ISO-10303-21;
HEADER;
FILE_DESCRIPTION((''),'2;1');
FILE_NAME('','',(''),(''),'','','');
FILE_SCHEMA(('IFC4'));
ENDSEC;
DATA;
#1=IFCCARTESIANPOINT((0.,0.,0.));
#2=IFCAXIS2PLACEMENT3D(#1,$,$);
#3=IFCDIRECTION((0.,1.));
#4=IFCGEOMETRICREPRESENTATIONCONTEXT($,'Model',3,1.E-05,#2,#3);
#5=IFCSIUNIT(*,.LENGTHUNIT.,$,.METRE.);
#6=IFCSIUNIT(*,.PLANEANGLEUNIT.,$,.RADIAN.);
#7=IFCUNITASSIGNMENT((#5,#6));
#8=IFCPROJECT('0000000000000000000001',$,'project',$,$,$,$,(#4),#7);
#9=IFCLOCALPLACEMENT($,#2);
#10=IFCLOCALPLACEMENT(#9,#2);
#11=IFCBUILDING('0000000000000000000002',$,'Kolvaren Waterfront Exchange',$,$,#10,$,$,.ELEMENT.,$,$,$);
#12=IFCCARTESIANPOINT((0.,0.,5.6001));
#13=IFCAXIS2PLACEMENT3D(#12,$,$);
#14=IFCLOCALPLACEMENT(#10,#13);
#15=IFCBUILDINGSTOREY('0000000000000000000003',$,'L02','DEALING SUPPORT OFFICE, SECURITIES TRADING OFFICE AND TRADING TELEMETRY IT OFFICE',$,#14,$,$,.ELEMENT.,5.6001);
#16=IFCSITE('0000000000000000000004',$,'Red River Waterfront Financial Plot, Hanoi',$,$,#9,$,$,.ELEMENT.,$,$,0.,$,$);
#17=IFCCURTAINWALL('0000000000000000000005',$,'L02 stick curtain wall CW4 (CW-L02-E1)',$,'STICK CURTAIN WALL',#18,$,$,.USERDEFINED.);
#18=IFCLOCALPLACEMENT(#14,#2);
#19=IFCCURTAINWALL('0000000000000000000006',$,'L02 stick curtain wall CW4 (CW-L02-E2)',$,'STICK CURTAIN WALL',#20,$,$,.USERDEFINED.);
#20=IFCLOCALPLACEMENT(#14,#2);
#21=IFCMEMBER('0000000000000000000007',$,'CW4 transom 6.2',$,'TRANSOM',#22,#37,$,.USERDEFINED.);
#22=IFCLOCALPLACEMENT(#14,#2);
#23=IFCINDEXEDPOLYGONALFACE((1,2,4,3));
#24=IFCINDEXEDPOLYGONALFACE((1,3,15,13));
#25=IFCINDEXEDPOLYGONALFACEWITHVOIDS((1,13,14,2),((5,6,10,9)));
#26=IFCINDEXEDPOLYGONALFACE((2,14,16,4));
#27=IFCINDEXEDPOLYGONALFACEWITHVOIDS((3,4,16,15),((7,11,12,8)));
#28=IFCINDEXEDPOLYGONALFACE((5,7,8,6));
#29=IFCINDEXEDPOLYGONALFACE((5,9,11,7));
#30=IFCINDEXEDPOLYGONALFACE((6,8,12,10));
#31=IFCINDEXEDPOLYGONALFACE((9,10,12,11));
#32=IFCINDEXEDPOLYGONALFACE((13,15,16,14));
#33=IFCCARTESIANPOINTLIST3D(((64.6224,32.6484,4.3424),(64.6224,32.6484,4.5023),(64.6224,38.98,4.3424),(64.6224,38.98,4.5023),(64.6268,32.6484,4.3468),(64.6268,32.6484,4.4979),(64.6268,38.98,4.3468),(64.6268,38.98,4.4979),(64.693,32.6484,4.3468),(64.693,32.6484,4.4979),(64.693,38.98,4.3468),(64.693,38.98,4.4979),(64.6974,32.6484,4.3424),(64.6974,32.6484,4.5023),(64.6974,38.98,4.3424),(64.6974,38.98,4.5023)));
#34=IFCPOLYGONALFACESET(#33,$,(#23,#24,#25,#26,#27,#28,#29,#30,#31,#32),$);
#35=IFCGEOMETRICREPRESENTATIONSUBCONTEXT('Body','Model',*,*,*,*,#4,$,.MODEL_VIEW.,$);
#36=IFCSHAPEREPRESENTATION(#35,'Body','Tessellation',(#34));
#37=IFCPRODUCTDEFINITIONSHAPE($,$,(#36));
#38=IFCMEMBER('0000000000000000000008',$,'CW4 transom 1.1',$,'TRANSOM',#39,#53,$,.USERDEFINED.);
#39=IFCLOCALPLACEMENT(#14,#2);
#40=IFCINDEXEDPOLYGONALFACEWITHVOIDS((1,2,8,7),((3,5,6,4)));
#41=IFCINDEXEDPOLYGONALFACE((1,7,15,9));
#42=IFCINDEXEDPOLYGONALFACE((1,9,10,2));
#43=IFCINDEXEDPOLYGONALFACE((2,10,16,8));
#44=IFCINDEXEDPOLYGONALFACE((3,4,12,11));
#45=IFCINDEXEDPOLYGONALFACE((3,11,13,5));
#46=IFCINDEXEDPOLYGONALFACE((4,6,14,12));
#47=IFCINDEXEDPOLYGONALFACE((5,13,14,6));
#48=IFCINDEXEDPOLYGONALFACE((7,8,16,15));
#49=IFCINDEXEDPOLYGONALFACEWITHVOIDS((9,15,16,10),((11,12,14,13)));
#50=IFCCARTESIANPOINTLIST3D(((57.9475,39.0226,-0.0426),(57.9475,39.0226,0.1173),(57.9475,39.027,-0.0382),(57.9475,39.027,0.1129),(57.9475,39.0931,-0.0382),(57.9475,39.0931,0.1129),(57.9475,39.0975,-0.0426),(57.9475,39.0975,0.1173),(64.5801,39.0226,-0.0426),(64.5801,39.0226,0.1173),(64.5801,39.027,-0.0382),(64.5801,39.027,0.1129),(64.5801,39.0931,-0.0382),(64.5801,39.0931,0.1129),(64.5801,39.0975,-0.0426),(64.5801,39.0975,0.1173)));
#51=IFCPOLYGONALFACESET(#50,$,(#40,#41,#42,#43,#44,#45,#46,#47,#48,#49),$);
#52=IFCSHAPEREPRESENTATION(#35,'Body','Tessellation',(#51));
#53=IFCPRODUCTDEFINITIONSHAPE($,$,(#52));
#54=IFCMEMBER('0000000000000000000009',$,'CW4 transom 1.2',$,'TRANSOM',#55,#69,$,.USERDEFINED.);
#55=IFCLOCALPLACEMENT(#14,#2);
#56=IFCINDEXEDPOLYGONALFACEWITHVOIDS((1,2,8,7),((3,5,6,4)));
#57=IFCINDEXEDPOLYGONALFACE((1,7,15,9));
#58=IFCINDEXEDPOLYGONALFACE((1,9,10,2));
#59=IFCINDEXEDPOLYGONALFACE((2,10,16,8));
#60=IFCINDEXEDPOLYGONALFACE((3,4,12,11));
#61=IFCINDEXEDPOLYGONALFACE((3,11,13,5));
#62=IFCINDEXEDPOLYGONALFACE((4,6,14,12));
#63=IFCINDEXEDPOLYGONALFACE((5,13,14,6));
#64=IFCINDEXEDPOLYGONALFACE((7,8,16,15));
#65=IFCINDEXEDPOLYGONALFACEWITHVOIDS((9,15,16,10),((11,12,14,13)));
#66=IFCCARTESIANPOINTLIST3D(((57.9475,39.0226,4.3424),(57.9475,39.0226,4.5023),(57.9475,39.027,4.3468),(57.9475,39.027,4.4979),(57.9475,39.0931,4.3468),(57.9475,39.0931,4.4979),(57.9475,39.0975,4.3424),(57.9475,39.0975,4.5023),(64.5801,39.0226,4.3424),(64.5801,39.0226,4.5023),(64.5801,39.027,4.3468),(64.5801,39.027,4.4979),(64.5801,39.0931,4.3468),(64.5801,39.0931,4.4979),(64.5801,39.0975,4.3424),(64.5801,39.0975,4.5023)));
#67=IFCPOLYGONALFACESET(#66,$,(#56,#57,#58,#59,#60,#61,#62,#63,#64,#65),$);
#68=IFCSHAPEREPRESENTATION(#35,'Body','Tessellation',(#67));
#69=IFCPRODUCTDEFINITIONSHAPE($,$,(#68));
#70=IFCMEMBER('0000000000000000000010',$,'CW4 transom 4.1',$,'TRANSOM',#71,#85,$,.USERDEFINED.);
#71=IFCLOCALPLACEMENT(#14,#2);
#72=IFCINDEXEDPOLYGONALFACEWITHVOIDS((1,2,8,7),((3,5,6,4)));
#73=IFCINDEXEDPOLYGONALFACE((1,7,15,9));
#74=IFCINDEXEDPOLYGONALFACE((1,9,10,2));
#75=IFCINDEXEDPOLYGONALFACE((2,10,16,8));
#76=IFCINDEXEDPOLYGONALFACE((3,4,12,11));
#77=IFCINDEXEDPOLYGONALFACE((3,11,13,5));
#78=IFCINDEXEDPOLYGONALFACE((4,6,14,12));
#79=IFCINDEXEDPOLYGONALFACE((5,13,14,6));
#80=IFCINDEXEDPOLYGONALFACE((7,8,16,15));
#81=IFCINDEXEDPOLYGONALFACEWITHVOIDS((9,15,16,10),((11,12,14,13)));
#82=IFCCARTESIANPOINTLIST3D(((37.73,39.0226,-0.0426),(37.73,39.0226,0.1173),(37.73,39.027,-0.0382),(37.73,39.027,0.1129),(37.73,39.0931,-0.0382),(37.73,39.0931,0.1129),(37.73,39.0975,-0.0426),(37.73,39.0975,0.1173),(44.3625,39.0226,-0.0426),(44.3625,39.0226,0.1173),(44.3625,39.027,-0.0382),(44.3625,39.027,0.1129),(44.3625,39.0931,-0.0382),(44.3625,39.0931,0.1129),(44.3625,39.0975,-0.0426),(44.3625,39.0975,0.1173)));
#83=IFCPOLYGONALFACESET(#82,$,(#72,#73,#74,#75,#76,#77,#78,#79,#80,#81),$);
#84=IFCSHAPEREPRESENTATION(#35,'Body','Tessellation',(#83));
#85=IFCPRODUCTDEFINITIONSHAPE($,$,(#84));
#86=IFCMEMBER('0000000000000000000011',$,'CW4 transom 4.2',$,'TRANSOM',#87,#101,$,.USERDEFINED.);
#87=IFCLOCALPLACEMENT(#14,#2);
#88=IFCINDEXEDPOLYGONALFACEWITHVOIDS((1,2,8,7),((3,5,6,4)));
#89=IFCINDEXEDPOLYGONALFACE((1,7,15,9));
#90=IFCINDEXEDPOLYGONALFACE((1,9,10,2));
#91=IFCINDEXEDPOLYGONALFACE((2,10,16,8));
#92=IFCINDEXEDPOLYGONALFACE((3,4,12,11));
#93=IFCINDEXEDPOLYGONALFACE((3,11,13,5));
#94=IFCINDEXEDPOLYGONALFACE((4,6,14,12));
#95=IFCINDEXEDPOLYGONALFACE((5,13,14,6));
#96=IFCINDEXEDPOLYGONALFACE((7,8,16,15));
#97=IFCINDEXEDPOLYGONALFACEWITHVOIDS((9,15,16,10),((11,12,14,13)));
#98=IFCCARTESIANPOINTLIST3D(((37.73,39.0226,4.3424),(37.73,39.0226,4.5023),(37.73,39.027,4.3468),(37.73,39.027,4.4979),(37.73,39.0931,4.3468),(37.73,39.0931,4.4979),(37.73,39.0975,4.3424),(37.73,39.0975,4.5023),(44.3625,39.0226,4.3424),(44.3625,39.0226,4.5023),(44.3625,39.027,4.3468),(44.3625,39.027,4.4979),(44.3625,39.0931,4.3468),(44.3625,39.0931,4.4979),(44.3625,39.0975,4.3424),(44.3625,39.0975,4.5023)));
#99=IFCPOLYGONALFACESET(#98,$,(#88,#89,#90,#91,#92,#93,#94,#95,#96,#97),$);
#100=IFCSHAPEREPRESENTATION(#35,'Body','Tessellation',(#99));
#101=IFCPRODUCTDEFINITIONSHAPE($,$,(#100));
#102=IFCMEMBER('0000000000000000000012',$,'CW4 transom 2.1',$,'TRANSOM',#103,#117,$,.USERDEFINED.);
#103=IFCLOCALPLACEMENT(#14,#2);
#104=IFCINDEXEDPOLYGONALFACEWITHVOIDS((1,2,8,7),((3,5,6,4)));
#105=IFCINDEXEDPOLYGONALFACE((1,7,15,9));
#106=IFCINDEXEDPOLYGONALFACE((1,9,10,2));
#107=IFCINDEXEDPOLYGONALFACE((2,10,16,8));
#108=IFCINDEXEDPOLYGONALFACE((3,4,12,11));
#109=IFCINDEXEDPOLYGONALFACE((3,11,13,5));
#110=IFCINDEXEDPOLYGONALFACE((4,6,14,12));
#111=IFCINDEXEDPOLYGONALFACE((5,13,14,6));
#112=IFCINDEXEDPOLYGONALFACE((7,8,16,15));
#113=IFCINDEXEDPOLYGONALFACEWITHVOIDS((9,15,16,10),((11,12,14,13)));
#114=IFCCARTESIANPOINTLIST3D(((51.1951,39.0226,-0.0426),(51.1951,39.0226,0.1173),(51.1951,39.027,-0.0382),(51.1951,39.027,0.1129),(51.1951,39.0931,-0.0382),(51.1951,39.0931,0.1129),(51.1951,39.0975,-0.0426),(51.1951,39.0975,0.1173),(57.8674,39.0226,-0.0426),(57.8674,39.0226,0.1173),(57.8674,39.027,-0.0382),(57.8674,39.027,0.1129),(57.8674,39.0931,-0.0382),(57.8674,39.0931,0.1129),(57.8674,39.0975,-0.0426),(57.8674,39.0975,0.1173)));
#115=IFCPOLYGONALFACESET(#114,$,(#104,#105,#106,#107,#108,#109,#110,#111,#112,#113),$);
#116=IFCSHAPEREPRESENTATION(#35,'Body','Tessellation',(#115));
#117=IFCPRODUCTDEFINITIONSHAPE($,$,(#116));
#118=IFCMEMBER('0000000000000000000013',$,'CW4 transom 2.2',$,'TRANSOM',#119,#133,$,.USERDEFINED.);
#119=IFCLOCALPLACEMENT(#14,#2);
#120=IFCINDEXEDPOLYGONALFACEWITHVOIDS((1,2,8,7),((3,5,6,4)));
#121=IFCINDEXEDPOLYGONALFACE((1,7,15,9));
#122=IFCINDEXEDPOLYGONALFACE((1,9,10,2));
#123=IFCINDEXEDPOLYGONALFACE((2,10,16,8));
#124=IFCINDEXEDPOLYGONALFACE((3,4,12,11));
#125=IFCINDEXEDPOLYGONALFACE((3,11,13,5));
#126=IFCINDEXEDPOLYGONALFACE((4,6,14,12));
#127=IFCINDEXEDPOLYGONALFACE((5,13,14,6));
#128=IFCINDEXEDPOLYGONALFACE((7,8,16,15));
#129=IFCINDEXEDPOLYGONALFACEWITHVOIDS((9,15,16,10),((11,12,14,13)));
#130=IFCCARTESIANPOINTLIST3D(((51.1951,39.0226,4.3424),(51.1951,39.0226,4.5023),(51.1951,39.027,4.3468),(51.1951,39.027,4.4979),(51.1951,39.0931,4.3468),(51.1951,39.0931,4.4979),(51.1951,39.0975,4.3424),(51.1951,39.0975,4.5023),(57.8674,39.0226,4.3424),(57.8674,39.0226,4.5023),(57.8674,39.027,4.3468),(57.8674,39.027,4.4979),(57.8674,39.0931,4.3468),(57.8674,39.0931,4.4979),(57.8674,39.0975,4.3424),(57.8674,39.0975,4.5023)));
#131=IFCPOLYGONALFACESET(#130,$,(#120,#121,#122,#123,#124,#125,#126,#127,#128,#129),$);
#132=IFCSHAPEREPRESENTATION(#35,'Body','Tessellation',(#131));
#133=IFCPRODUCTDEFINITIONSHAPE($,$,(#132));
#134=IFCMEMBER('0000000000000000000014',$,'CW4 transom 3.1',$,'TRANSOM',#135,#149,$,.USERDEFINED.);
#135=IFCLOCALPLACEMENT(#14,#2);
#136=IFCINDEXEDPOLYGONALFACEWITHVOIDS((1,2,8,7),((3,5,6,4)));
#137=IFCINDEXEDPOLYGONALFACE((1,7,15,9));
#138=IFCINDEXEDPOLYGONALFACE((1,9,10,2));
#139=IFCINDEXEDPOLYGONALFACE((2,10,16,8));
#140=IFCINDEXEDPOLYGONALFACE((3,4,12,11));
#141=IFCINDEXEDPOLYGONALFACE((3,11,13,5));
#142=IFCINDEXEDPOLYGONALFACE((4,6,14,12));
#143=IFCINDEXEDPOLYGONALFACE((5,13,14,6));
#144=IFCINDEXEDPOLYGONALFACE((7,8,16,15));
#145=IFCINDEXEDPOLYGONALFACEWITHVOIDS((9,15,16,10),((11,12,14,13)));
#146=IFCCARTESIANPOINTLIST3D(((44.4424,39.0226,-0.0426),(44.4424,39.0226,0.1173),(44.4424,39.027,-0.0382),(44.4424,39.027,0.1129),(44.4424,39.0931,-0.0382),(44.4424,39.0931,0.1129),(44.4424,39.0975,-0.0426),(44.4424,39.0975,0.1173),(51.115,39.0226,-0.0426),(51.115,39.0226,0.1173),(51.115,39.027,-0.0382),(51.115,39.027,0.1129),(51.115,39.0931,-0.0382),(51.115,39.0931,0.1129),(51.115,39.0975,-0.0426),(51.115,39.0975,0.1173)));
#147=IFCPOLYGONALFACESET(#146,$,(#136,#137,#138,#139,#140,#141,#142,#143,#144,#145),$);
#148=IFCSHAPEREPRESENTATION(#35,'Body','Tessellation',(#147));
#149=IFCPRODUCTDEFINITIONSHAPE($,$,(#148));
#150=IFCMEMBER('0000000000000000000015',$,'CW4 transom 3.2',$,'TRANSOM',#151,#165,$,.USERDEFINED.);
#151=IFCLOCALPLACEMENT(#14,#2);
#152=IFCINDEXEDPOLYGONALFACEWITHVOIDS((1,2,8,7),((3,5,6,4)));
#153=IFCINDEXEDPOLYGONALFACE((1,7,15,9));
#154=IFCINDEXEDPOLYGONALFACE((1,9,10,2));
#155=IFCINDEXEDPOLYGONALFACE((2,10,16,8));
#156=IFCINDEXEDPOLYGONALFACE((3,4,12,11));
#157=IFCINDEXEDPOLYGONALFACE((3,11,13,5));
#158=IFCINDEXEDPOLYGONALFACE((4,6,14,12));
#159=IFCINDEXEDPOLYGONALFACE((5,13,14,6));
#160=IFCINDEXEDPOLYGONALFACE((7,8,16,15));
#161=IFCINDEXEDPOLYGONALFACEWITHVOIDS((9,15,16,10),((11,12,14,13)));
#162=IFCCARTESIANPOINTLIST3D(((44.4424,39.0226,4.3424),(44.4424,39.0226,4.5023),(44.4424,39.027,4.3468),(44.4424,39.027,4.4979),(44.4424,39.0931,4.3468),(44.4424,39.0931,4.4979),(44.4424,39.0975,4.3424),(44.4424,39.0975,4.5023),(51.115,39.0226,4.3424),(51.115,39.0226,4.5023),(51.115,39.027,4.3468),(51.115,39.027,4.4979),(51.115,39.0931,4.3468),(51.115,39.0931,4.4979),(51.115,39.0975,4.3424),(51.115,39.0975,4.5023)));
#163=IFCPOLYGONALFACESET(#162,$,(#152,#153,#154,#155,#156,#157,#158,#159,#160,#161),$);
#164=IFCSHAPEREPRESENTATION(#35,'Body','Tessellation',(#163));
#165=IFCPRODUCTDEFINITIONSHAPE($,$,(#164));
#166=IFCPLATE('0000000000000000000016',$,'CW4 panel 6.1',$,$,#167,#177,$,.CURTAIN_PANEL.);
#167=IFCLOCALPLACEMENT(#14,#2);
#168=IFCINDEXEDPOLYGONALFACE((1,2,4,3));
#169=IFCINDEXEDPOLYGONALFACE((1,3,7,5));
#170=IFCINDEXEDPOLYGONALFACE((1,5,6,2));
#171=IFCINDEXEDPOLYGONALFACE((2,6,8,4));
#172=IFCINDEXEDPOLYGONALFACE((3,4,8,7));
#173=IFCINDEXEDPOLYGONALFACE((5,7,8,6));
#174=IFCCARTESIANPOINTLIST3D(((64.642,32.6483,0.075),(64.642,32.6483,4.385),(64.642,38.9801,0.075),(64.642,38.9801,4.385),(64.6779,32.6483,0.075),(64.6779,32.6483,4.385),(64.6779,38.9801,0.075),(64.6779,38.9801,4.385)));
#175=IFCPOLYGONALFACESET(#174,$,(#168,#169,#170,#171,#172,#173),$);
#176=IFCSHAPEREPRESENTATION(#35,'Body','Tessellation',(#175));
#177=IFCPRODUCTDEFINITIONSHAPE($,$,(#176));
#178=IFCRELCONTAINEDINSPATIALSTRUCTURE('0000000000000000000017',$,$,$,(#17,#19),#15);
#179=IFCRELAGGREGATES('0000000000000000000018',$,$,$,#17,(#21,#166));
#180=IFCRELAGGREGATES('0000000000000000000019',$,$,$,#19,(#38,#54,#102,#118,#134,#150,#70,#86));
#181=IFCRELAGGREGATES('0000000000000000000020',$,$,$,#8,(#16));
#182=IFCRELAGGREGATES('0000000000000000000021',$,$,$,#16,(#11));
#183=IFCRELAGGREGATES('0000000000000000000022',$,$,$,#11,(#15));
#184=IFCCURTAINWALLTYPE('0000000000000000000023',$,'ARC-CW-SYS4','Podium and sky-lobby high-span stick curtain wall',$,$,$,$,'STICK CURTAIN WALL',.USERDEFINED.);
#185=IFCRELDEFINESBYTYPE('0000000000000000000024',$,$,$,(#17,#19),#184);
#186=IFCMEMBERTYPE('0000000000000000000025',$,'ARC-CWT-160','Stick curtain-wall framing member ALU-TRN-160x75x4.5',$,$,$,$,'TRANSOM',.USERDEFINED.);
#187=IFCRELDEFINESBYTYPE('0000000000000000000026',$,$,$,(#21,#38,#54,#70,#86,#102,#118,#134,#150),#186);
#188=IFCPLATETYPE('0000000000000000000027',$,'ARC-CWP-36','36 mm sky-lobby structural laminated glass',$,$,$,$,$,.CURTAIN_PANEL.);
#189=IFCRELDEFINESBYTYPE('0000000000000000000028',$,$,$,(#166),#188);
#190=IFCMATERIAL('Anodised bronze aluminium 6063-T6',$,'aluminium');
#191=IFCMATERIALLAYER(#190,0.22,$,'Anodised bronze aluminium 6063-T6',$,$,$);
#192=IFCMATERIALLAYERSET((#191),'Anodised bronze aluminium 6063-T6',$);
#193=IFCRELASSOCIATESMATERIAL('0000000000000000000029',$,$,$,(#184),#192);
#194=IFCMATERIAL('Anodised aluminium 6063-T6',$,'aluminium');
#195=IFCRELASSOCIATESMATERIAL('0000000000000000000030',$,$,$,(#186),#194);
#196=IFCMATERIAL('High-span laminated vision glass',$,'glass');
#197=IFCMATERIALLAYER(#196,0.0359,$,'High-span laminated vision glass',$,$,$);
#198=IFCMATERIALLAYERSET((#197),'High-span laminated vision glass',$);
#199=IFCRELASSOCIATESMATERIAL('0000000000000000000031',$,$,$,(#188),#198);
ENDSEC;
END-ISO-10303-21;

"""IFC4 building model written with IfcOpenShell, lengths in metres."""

from ifc_helpers import new_model, si_unit, direction, frame, origin, origin_with_axes, origin_2d, place, context, subcontext, project, spatial, rectangle, hollow_rectangle, extrude, source, transform, mapped, material, layer, layer_set, material_profile, profile_set, type_object, element, aggregate, save


model = new_model("IFC4")

# Units and contexts
model_context = context("Model", 3, precision=1e-05, world=origin(), true_north=direction((0.0, 1.0)))
body_context = subcontext(model_context, "Body", "Model", "MODEL_VIEW")
ifc_project = project(units=[si_unit("LENGTHUNIT", "METRE"), si_unit("PLANEANGLEUNIT", "RADIAN")], contexts=[model_context])

# Site, building, storey
site_placement = place(None, origin())
site = spatial("IfcSite", under=ifc_project, at=site_placement, Name="Red River Waterfront Financial Plot, Hanoi", CompositionType="ELEMENT", RefElevation=0.0)
building_placement = place(site_placement, origin())
building = spatial("IfcBuilding", under=site, at=building_placement, Name="Kolvaren Waterfront Exchange", CompositionType="ELEMENT")
storey_placement = place(building_placement, frame((0.0, 0.0, 5.6001)))
storey = spatial("IfcBuildingStorey", under=building, at=storey_placement, Name="L02", Description="DEALING SUPPORT OFFICE, SECURITIES TRADING OFFICE AND TRADING TELEMETRY IT OFFICE", CompositionType="ELEMENT", Elevation=5.6001)

# Curtain walls
ifc_material_1 = material(Name="Anodised bronze aluminium 6063-T6", Category="aluminium")
ifc_layer_1 = layer(ifc_material_1, 0.22, Name="Anodised bronze aluminium 6063-T6")
ifc_layer_set_1 = layer_set([ifc_layer_1], Name="Anodised bronze aluminium 6063-T6")
curtain_wall_type = type_object("IfcCurtainWallType", Name="ARC-CW-SYS4", Description="Podium and sky-lobby high-span stick curtain wall", ElementType="STICK CURTAIN WALL", PredefinedType="USERDEFINED", material=ifc_layer_set_1)
curtain_wall_1_placement = place(storey_placement, origin())
curtain_wall_1 = element("IfcCurtainWall", 1, at=curtain_wall_1_placement, inside=storey, type_object=curtain_wall_type, Name="L02 stick curtain wall CW4 (CW-L02-E1)", ObjectType="STICK CURTAIN WALL", PredefinedType="USERDEFINED")
ifc_material_2 = material(Name="Anodised aluminium 6063-T6", Category="aluminium")
curtain_wall_2_placement = place(storey_placement, origin())
curtain_wall_2 = element("IfcCurtainWall", 2, at=curtain_wall_2_placement, inside=storey, type_object=curtain_wall_type, Name="L02 stick curtain wall CW4 (CW-L02-E2)", ObjectType="STICK CURTAIN WALL", PredefinedType="USERDEFINED")

# Members
ifc_material_profile_1 = material_profile(ifc_material_2, hollow_rectangle(XDim=0.075, YDim=0.1599, WallThickness=0.0044, at=origin_2d()), Name="ALU-TRN-160x75x4.5")
ifc_profile_set_1 = profile_set([ifc_material_profile_1], Name="Anodised aluminium 6063-T6")
member_type_1 = type_object("IfcMemberType", Name="ARC-CWT-160", Description="Stick curtain-wall framing member ALU-TRN-160x75x4.5", ElementType="TRANSOM", PredefinedType="USERDEFINED", material=ifc_profile_set_1)
shared_shape_1 = source(origin_with_axes(), body_context, "Body", "SweptSolid", [
    extrude(hollow_rectangle(XDim=0.075, YDim=0.1599, WallThickness=0.0044, at=origin_2d()), origin(), (0.0, 0.0, 1.0), 6.3315),
])
member_1_placement = place(storey_placement, frame((64.6599, 32.6484, 4.4224), z_axis=(0.0, 1.0, 0.0), x_axis=(-1.0, 0.0, 0.0)))
member_1 = element("IfcMember", 3, at=member_1_placement, type_object=member_type_1, Name="CW4 transom 6.2", ObjectType="TRANSOM", PredefinedType="USERDEFINED", context=body_context, shape_type="MappedRepresentation", body=[
    mapped(shared_shape_1, transform((0.0, 0.0, 0.0), x_axis=(1.0, 0.0, 0.0), y_axis=(0.0, 1.0, 0.0), z_axis=(0.0, 0.0, 1.0), scale=1.0)),
])
shared_shape_2 = source(origin_with_axes(), body_context, "Body", "SweptSolid", [
    extrude(hollow_rectangle(XDim=0.075, YDim=0.1599, WallThickness=0.0044, at=origin_2d()), origin(), (0.0, 0.0, 1.0), 6.6326),
])
member_2_placement = place(storey_placement, frame((64.5801, 39.0601, 0.0374), z_axis=(-1.0, 0.0, 0.0), x_axis=(0.0, -1.0, 0.0)))
member_2 = element("IfcMember", 4, at=member_2_placement, type_object=member_type_1, Name="CW4 transom 1.1", ObjectType="TRANSOM", PredefinedType="USERDEFINED", context=body_context, shape_type="MappedRepresentation", body=[
    mapped(shared_shape_2, transform((0.0, 0.0, 0.0), x_axis=(1.0, 0.0, 0.0), y_axis=(0.0, 1.0, 0.0), z_axis=(0.0, 0.0, 1.0), scale=1.0)),
])
member_3_placement = place(storey_placement, frame((64.5801, 39.0601, 4.4224), z_axis=(-1.0, 0.0, 0.0), x_axis=(0.0, -1.0, 0.0)))
member_3 = element("IfcMember", 5, at=member_3_placement, type_object=member_type_1, Name="CW4 transom 1.2", ObjectType="TRANSOM", PredefinedType="USERDEFINED", context=body_context, shape_type="MappedRepresentation", body=[
    mapped(shared_shape_2, transform((0.0, 0.0, 0.0), x_axis=(1.0, 0.0, 0.0), y_axis=(0.0, 1.0, 0.0), z_axis=(0.0, 0.0, 1.0), scale=1.0)),
])
member_4_placement = place(storey_placement, frame((44.3625, 39.0601, 0.0374), z_axis=(-1.0, 0.0, 0.0), x_axis=(0.0, -1.0, 0.0)))
member_4 = element("IfcMember", 6, at=member_4_placement, type_object=member_type_1, Name="CW4 transom 4.1", ObjectType="TRANSOM", PredefinedType="USERDEFINED", context=body_context, shape_type="MappedRepresentation", body=[
    mapped(shared_shape_2, transform((0.0, 0.0, 0.0), x_axis=(1.0, 0.0, 0.0), y_axis=(0.0, 1.0, 0.0), z_axis=(0.0, 0.0, 1.0), scale=1.0)),
])
member_5_placement = place(storey_placement, frame((44.3625, 39.0601, 4.4224), z_axis=(-1.0, 0.0, 0.0), x_axis=(0.0, -1.0, 0.0)))
member_5 = element("IfcMember", 7, at=member_5_placement, type_object=member_type_1, Name="CW4 transom 4.2", ObjectType="TRANSOM", PredefinedType="USERDEFINED", context=body_context, shape_type="MappedRepresentation", body=[
    mapped(shared_shape_2, transform((0.0, 0.0, 0.0), x_axis=(1.0, 0.0, 0.0), y_axis=(0.0, 1.0, 0.0), z_axis=(0.0, 0.0, 1.0), scale=1.0)),
])
shared_shape_3 = source(origin_with_axes(), body_context, "Body", "SweptSolid", [
    extrude(hollow_rectangle(XDim=0.075, YDim=0.1599, WallThickness=0.0044, at=origin_2d()), origin(), (0.0, 0.0, 1.0), 6.6724),
])
member_6_placement = place(storey_placement, frame((57.8674, 39.0601, 0.0374), z_axis=(-1.0, 0.0, 0.0), x_axis=(0.0, -1.0, 0.0)))
member_6 = element("IfcMember", 8, at=member_6_placement, type_object=member_type_1, Name="CW4 transom 2.1", ObjectType="TRANSOM", PredefinedType="USERDEFINED", context=body_context, shape_type="MappedRepresentation", body=[
    mapped(shared_shape_3, transform((0.0, 0.0, 0.0), x_axis=(1.0, 0.0, 0.0), y_axis=(0.0, 1.0, 0.0), z_axis=(0.0, 0.0, 1.0), scale=1.0)),
])
member_7_placement = place(storey_placement, frame((57.8674, 39.0601, 4.4224), z_axis=(-1.0, 0.0, 0.0), x_axis=(0.0, -1.0, 0.0)))
member_7 = element("IfcMember", 9, at=member_7_placement, type_object=member_type_1, Name="CW4 transom 2.2", ObjectType="TRANSOM", PredefinedType="USERDEFINED", context=body_context, shape_type="MappedRepresentation", body=[
    mapped(shared_shape_3, transform((0.0, 0.0, 0.0), x_axis=(1.0, 0.0, 0.0), y_axis=(0.0, 1.0, 0.0), z_axis=(0.0, 0.0, 1.0), scale=1.0)),
])
shared_shape_4 = source(origin_with_axes(), body_context, "Body", "SweptSolid", [
    extrude(hollow_rectangle(XDim=0.075, YDim=0.1599, WallThickness=0.0044, at=origin_2d()), origin(), (0.0, 0.0, 1.0), 6.6726),
])
member_8_placement = place(storey_placement, frame((51.115, 39.0601, 0.0374), z_axis=(-1.0, 0.0, 0.0), x_axis=(0.0, -1.0, 0.0)))
member_8 = element("IfcMember", 10, at=member_8_placement, type_object=member_type_1, Name="CW4 transom 3.1", ObjectType="TRANSOM", PredefinedType="USERDEFINED", context=body_context, shape_type="MappedRepresentation", body=[
    mapped(shared_shape_4, transform((0.0, 0.0, 0.0), x_axis=(1.0, 0.0, 0.0), y_axis=(0.0, 1.0, 0.0), z_axis=(0.0, 0.0, 1.0), scale=1.0)),
])
member_9_placement = place(storey_placement, frame((51.115, 39.0601, 4.4224), z_axis=(-1.0, 0.0, 0.0), x_axis=(0.0, -1.0, 0.0)))
member_9 = element("IfcMember", 11, at=member_9_placement, type_object=member_type_1, Name="CW4 transom 3.2", ObjectType="TRANSOM", PredefinedType="USERDEFINED", context=body_context, shape_type="MappedRepresentation", body=[
    mapped(shared_shape_4, transform((0.0, 0.0, 0.0), x_axis=(1.0, 0.0, 0.0), y_axis=(0.0, 1.0, 0.0), z_axis=(0.0, 0.0, 1.0), scale=1.0)),
])

# Plate
ifc_material_3 = material(Name="High-span laminated vision glass", Category="glass")
ifc_layer_2 = layer(ifc_material_3, 0.0359, Name="High-span laminated vision glass")
ifc_layer_set_2 = layer_set([ifc_layer_2], Name="High-span laminated vision glass")
plate_type = type_object("IfcPlateType", Name="ARC-CWP-36", Description="36 mm sky-lobby structural laminated glass", PredefinedType="CURTAIN_PANEL", material=ifc_layer_set_2)
shared_shape_5 = source(origin_with_axes(), body_context, "Body", "SweptSolid", [
    extrude(rectangle(XDim=6.3318, YDim=0.0359, at=origin_2d()), origin(), (0.0, 0.0, 1.0), 4.3101),
])
plate_1_placement = place(storey_placement, frame((64.6599, 35.8142, 0.075), z_axis=(0.0, 0.0, 1.0), x_axis=(0.0, 1.0, 0.0)))
plate_1 = element("IfcPlate", 12, at=plate_1_placement, type_object=plate_type, Name="CW4 panel 6.1", PredefinedType="CURTAIN_PANEL", context=body_context, shape_type="MappedRepresentation", body=[
    mapped(shared_shape_5, transform((0.0, 0.0, 0.0), x_axis=(1.0, 0.0, 0.0), y_axis=(0.0, 1.0, 0.0), z_axis=(0.0, 0.0, 1.0), scale=1.0)),
])
aggregate(curtain_wall_1, [member_1, plate_1])
aggregate(curtain_wall_2, [member_2, member_3, member_6, member_7, member_8, member_9, member_4, member_5])

save(model, "model.ifc")
